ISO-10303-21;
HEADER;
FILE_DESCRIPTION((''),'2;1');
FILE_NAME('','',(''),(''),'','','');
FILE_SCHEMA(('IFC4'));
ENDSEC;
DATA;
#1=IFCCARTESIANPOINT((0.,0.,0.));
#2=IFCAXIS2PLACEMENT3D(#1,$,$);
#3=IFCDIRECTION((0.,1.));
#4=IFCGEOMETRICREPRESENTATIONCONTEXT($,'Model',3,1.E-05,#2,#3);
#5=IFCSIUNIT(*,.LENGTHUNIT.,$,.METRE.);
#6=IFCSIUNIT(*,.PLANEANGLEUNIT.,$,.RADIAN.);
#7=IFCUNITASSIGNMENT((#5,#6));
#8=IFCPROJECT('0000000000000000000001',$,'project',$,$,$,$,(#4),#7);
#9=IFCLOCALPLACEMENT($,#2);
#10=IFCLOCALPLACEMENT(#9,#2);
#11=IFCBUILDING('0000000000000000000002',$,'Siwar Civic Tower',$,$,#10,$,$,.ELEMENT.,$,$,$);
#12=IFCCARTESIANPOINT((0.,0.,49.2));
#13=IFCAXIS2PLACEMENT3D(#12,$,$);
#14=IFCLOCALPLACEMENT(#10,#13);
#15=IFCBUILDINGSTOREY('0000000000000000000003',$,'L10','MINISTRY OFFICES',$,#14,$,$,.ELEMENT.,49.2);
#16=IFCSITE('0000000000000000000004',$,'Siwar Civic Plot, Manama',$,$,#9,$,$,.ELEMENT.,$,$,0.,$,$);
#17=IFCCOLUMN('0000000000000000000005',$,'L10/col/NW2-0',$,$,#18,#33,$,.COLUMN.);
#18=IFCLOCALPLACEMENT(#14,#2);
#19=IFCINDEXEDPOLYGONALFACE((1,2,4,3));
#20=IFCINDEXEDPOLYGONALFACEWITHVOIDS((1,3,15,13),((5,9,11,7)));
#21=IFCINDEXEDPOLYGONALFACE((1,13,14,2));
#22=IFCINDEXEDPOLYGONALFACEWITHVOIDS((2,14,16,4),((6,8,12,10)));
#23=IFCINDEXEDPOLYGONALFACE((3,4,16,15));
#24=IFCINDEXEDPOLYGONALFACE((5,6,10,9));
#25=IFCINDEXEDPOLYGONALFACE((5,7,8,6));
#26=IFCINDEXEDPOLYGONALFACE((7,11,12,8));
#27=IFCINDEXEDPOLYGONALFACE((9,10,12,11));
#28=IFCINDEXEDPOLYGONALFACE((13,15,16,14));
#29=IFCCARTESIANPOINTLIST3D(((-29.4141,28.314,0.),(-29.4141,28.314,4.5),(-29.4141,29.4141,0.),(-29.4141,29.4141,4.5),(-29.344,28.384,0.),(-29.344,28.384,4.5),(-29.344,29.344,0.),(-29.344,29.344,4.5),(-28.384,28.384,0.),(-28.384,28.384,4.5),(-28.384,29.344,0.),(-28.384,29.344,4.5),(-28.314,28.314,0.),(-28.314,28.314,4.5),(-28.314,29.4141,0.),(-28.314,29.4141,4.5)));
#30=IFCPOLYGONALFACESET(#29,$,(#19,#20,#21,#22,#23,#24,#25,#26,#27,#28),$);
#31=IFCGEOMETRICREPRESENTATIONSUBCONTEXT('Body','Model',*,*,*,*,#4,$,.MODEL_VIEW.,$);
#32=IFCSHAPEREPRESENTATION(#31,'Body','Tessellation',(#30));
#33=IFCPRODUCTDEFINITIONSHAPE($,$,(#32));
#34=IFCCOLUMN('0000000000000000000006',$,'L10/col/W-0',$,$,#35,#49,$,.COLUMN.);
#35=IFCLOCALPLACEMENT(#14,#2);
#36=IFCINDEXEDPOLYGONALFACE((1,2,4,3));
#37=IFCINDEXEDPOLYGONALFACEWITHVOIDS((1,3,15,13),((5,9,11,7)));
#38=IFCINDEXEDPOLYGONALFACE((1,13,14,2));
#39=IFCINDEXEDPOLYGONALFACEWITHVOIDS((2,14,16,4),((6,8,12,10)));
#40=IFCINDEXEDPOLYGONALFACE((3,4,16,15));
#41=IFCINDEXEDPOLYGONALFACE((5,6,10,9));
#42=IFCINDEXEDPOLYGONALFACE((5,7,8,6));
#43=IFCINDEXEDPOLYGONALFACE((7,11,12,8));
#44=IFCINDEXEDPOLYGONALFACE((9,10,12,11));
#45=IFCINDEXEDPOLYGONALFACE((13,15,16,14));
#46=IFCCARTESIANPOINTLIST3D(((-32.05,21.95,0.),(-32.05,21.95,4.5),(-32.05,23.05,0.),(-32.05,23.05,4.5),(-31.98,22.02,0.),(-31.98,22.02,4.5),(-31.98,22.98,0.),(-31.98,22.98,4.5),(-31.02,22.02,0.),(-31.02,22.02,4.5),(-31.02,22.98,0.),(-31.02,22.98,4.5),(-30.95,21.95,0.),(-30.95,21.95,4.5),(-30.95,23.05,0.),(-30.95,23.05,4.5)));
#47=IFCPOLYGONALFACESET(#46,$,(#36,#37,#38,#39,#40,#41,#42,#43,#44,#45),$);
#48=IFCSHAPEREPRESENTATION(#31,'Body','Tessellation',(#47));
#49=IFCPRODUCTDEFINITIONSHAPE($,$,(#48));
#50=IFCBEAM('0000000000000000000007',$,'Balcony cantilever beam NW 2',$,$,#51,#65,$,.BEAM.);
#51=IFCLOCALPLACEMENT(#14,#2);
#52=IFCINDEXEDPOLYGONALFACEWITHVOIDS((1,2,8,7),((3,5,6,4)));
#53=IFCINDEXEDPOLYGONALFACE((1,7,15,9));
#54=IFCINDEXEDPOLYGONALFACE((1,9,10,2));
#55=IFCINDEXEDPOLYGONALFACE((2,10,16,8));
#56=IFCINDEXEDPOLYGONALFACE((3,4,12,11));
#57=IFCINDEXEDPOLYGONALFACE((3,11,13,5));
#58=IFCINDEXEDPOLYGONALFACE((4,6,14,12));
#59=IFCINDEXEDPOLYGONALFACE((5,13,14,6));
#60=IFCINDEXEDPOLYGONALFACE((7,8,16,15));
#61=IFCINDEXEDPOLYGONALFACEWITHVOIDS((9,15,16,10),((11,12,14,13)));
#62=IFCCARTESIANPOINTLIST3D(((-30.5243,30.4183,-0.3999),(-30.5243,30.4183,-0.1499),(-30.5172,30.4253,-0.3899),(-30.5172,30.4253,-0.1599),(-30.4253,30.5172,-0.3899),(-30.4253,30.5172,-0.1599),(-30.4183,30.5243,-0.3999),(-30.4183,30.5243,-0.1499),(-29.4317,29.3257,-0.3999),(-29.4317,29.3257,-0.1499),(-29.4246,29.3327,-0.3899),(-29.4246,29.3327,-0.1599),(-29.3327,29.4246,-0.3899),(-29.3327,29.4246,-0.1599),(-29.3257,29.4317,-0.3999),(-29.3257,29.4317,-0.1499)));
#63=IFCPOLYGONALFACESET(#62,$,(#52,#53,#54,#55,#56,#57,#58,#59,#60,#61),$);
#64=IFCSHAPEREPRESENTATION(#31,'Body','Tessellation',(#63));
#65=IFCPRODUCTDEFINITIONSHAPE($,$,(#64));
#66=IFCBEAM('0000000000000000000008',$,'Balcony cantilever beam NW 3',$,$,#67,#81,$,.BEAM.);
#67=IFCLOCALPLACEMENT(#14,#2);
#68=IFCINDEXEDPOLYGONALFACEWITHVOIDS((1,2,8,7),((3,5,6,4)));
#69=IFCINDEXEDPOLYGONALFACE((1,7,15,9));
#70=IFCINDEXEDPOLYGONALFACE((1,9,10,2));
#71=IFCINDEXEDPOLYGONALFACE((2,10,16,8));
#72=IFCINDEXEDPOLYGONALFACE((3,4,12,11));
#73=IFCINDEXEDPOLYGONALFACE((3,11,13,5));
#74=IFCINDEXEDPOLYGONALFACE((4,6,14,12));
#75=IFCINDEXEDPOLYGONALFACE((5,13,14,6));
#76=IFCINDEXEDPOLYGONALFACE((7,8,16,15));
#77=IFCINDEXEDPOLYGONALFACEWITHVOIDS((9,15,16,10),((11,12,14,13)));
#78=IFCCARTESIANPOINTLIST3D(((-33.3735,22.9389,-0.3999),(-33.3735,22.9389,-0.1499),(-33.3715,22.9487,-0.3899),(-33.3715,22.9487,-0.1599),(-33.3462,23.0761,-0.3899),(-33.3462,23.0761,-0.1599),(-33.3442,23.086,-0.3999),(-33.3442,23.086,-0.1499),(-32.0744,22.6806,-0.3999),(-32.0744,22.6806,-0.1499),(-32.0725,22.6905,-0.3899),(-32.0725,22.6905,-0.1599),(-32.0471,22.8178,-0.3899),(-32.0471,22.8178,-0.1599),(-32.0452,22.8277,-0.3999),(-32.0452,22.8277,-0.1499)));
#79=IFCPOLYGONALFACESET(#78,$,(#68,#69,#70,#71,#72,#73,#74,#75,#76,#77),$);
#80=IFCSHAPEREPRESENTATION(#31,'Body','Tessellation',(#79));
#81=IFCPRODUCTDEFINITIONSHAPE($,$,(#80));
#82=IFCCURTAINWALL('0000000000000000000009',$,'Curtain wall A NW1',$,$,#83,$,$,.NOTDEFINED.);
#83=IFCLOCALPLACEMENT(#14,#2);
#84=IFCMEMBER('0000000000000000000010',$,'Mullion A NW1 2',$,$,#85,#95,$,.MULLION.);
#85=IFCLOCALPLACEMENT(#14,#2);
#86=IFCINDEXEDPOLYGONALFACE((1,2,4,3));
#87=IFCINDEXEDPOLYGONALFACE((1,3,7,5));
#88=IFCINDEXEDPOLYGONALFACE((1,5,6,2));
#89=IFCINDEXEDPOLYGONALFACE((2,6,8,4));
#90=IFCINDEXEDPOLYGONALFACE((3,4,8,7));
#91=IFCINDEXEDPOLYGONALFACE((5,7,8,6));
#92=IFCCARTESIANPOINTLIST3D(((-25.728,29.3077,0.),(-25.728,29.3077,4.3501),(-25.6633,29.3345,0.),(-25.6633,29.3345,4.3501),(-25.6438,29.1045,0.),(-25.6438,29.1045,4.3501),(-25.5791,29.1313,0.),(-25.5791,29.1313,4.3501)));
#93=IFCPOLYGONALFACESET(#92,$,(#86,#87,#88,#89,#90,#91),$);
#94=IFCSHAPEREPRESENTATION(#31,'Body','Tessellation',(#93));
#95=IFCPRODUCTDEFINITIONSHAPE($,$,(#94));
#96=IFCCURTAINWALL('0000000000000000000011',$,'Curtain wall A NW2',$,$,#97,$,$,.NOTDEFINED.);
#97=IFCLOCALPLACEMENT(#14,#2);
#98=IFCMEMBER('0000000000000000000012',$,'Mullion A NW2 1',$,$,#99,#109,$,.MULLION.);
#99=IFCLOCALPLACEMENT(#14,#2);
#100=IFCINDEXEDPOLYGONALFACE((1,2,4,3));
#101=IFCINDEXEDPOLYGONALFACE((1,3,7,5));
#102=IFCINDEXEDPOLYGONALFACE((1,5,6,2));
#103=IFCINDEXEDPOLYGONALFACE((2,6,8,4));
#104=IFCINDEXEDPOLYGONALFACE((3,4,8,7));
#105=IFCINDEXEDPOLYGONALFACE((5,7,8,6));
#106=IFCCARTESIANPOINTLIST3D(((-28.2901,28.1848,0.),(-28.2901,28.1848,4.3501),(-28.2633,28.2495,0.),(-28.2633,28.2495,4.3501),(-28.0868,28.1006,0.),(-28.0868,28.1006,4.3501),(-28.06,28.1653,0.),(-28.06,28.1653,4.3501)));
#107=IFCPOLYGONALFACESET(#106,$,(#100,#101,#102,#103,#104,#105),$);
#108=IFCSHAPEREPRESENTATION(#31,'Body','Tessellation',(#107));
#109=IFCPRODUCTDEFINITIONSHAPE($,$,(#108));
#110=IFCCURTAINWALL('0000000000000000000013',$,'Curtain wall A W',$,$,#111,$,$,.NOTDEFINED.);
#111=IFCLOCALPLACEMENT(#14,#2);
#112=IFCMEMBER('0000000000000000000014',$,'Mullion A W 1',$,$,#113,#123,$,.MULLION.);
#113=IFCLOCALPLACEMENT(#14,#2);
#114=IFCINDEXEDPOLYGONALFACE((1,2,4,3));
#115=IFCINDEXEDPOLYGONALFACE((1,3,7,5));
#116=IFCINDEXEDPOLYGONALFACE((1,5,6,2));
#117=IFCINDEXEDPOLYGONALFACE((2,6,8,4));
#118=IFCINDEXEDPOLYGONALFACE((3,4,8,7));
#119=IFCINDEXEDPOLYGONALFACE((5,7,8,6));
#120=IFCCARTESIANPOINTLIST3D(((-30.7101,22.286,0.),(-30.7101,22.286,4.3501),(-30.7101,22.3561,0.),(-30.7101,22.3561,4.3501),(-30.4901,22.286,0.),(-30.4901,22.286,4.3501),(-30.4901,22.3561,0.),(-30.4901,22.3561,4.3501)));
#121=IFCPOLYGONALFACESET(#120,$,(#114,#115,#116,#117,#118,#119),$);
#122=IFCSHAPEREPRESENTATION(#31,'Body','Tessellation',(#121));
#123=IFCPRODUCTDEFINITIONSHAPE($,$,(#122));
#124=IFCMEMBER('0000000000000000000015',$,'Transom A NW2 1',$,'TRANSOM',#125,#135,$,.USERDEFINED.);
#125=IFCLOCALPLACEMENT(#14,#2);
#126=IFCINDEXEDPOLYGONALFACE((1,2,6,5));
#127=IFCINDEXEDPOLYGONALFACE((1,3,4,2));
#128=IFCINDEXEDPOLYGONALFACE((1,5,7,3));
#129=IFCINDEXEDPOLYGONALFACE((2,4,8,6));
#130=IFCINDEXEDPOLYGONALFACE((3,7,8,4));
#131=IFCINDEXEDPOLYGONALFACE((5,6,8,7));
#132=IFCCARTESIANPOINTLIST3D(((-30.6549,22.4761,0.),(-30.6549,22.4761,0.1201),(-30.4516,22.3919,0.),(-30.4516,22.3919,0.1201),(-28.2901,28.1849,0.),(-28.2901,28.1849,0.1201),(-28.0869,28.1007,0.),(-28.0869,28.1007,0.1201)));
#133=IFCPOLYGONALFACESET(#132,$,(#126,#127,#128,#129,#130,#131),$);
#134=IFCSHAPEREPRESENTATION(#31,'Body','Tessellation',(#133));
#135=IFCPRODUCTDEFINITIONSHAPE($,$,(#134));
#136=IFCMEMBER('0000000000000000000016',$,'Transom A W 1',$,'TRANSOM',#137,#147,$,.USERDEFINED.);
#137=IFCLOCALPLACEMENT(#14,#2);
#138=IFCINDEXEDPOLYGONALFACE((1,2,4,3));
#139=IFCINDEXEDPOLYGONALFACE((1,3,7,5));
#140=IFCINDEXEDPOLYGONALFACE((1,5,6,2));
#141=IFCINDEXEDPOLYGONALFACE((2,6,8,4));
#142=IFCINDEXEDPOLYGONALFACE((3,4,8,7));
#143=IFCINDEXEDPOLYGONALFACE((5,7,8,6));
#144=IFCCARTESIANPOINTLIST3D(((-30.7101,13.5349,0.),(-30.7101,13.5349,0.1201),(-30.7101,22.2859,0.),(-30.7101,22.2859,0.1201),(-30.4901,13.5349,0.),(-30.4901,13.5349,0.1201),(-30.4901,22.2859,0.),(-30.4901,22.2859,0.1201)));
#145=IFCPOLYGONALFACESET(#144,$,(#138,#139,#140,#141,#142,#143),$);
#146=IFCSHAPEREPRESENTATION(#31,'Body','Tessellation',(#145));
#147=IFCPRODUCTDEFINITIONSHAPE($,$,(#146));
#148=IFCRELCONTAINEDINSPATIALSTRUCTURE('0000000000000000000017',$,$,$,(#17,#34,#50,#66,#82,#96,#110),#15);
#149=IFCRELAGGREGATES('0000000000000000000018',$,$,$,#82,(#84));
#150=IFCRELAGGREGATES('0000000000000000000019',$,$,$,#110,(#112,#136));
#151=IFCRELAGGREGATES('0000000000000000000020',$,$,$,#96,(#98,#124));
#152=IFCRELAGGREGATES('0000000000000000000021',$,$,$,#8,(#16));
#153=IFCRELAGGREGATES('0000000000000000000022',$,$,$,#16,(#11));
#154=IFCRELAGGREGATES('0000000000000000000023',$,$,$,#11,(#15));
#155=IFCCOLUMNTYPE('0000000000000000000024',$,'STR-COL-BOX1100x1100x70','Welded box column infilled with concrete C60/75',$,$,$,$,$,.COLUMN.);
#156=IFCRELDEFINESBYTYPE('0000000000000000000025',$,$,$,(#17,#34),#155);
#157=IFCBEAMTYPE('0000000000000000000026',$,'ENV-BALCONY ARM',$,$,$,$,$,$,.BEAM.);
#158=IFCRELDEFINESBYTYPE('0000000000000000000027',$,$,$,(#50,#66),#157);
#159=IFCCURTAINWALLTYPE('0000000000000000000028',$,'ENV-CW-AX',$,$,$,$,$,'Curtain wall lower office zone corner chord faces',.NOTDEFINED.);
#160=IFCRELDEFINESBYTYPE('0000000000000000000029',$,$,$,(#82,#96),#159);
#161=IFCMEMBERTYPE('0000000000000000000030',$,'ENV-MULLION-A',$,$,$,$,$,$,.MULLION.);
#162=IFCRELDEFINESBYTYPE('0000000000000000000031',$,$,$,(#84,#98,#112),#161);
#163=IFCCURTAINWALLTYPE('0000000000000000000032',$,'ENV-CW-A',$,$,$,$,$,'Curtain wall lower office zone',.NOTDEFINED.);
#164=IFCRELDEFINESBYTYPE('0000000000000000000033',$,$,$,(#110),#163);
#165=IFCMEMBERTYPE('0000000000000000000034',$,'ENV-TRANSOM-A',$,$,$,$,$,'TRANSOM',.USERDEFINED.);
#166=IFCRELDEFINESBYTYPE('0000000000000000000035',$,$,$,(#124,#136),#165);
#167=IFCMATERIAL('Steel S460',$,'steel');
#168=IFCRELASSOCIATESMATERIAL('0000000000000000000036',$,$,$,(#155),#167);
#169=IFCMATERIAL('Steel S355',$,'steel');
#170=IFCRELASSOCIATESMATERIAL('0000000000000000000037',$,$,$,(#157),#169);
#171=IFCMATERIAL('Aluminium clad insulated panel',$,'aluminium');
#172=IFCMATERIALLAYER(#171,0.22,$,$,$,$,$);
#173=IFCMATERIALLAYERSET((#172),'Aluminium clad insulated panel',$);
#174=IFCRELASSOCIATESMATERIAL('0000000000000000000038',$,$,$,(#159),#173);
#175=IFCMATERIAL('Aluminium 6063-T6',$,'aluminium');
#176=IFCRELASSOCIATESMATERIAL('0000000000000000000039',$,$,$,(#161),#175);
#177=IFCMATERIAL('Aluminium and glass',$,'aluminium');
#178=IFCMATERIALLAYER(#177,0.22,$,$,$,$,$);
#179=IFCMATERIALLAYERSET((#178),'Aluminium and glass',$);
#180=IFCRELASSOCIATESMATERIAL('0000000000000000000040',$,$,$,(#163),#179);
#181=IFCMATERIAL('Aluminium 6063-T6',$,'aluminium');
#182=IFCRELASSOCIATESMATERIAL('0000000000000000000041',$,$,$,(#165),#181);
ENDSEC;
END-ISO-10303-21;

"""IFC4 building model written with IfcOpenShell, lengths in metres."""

from ifc_helpers import new_model, si_unit, direction, frame, origin, origin_2d, place, context, subcontext, project, spatial, rectangle, hollow_rectangle, extrude, material, layer, layer_set, material_profile, profile_set, type_object, element, aggregate, save


model = new_model("IFC4")

# Units and contexts
model_context = context("Model", 3, precision=1e-05, world=origin(), true_north=direction((0.0, 1.0)))
body_context = subcontext(model_context, "Body", "Model", "MODEL_VIEW")
ifc_project = project(units=[si_unit("LENGTHUNIT", "METRE"), si_unit("PLANEANGLEUNIT", "RADIAN")], contexts=[model_context])

# Site, building, storey
site_placement = place(None, origin())
site = spatial("IfcSite", under=ifc_project, at=site_placement, Name="Siwar Civic Plot, Manama", CompositionType="ELEMENT", RefElevation=0.0)
building_placement = place(site_placement, origin())
building = spatial("IfcBuilding", under=site, at=building_placement, Name="Siwar Civic Tower", CompositionType="ELEMENT")
storey_placement = place(building_placement, frame((0.0, 0.0, 49.2)))
storey = spatial("IfcBuildingStorey", under=building, at=storey_placement, Name="L10", Description="MINISTRY OFFICES", CompositionType="ELEMENT", Elevation=49.2)

# Columns
ifc_material_1 = material(Name="Steel S460", Category="steel")
ifc_material_profile_1 = material_profile(ifc_material_1, hollow_rectangle(XDim=1.1001, YDim=1.1001, WallThickness=0.0701, at=origin_2d()), Name="BOX1100x1100x70")
ifc_profile_set_1 = profile_set([ifc_material_profile_1], Name="Steel S460")
column_type = type_object("IfcColumnType", Name="STR-COL-BOX1100x1100x70", Description="Welded box column infilled with concrete C60/75", PredefinedType="COLUMN", material=ifc_profile_set_1)
for number, where, z_axis, x_axis, name in (
    (1, (-28.864, 28.864, 0.0), (0.0, 0.0, 1.0), (1.0, 0.0, 0.0), "L10/col/NW2-0"),
    (2, (-31.5, 22.5, 0.0), (0.0, 0.0, 1.0), (1.0, 0.0, 0.0), "L10/col/W-0"),
):
    element("IfcColumn", number, at=place(storey_placement, frame(where, z_axis=z_axis, x_axis=x_axis)), inside=storey, type_object=column_type, Name=name, PredefinedType="COLUMN", context=body_context, shape_type="SweptSolid", body=[
        extrude(hollow_rectangle(XDim=1.1001, YDim=1.1001, WallThickness=0.0701, at=origin_2d()), origin(), (0.0, 0.0, 1.0), 4.5),
    ])

# Beams
ifc_material_2 = material(Name="Steel S355", Category="steel")
ifc_material_profile_2 = material_profile(ifc_material_2, hollow_rectangle(XDim=0.1499, YDim=0.25, WallThickness=0.01, at=origin_2d()), Name="RHS250x150x10")
ifc_profile_set_2 = profile_set([ifc_material_profile_2], Name="Steel S355")
beam_type_1 = type_object("IfcBeamType", Name="ENV-BALCONY ARM", PredefinedType="BEAM", material=ifc_profile_set_2)
beam_1_placement = place(storey_placement, frame((-29.3787, 29.3787, -0.2749), z_axis=(-0.707107, 0.707107, 0.0), x_axis=(-0.707107, -0.707107, 0.0)))
element("IfcBeam", 3, at=beam_1_placement, inside=storey, type_object=beam_type_1, Name="Balcony cantilever beam NW 2", PredefinedType="BEAM", context=body_context, shape_type="SweptSolid", body=[
    extrude(hollow_rectangle(XDim=0.1499, YDim=0.25, WallThickness=0.01, at=origin_2d()), origin(), (0.0, 0.0, 1.0), 1.5452),
])
beam_2_placement = place(storey_placement, frame((-32.0598, 22.7542, -0.2749), z_axis=(-0.9808, 0.195017, 0.0), x_axis=(-0.195017, -0.9808, 0.0)))
element("IfcBeam", 4, at=beam_2_placement, inside=storey, type_object=beam_type_1, Name="Balcony cantilever beam NW 3", PredefinedType="BEAM", context=body_context, shape_type="SweptSolid", body=[
    extrude(hollow_rectangle(XDim=0.1499, YDim=0.25, WallThickness=0.01, at=origin_2d()), origin(), (0.0, 0.0, 1.0), 1.3245),
])

# Curtain walls, members
ifc_material_3 = material(Name="Aluminium clad insulated panel", Category="aluminium")
ifc_layer_1 = layer(ifc_material_3, 0.22)
ifc_layer_set_1 = layer_set([ifc_layer_1], Name="Aluminium clad insulated panel")
curtain_wall_type_1 = type_object("IfcCurtainWallType", Name="ENV-CW-AX", ElementType="Curtain wall lower office zone corner chord faces", PredefinedType="NOTDEFINED", material=ifc_layer_set_1)
curtain_wall_1_placement = place(storey_placement, origin())
curtain_wall_1 = element("IfcCurtainWall", 5, at=curtain_wall_1_placement, inside=storey, type_object=curtain_wall_type_1, Name="Curtain wall A NW1", PredefinedType="NOTDEFINED")
ifc_material_4 = material(Name="Aluminium 6063-T6", Category="aluminium")
ifc_material_profile_3 = material_profile(ifc_material_4, rectangle(XDim=0.22, YDim=0.0701, at=origin_2d()), Name="AL 220x70")
ifc_profile_set_3 = profile_set([ifc_material_profile_3], Name="Aluminium 6063-T6")
member_type_1 = type_object("IfcMemberType", Name="ENV-MULLION-A", PredefinedType="MULLION", material=ifc_profile_set_3)
member_1_placement = place(storey_placement, frame((-25.6536, 29.2195, 0.0), z_axis=(0.0, 0.0, 1.0), x_axis=(0.382683, -0.92388, 0.0)))
member_1 = element("IfcMember", 6, at=member_1_placement, type_object=member_type_1, Name="Mullion A NW1 2", PredefinedType="MULLION", context=body_context, shape_type="SweptSolid", body=[
    extrude(rectangle(XDim=0.22, YDim=0.0701, at=origin_2d()), origin(), (0.0, 0.0, 1.0), 4.3501),
])
aggregate(curtain_wall_1, [member_1])
curtain_wall_2_placement = place(storey_placement, origin())
curtain_wall_2 = element("IfcCurtainWall", 7, at=curtain_wall_2_placement, inside=storey, type_object=curtain_wall_type_1, Name="Curtain wall A NW2", PredefinedType="NOTDEFINED")
member_2_placement = place(storey_placement, frame((-28.175, 28.175, 0.0), z_axis=(0.0, 0.0, 1.0), x_axis=(0.92388, -0.382683, 0.0)))
member_2 = element("IfcMember", 8, at=member_2_placement, type_object=member_type_1, Name="Mullion A NW2 1", PredefinedType="MULLION", context=body_context, shape_type="SweptSolid", body=[
    extrude(rectangle(XDim=0.22, YDim=0.0701, at=origin_2d()), origin(), (0.0, 0.0, 1.0), 4.3501),
])
ifc_material_5 = material(Name="Aluminium and glass", Category="aluminium")
ifc_layer_2 = layer(ifc_material_5, 0.22)
ifc_layer_set_2 = layer_set([ifc_layer_2], Name="Aluminium and glass")
curtain_wall_type_2 = type_object("IfcCurtainWallType", Name="ENV-CW-A", ElementType="Curtain wall lower office zone", PredefinedType="NOTDEFINED", material=ifc_layer_set_2)
curtain_wall_3_placement = place(storey_placement, origin())
curtain_wall_3 = element("IfcCurtainWall", 9, at=curtain_wall_3_placement, inside=storey, type_object=curtain_wall_type_2, Name="Curtain wall A W", PredefinedType="NOTDEFINED")
member_3_placement = place(storey_placement, frame((-30.6001, 22.321, 0.0), z_axis=(0.0, 0.0, 1.0), x_axis=(1.0, 0.0, 0.0)))
member_3 = element("IfcMember", 10, at=member_3_placement, type_object=member_type_1, Name="Mullion A W 1", PredefinedType="MULLION", context=body_context, shape_type="SweptSolid", body=[
    extrude(rectangle(XDim=0.22, YDim=0.0701, at=origin_2d()), origin(), (0.0, 0.0, 1.0), 4.3501),
])

# Members
ifc_material_6 = material(Name="Aluminium 6063-T6", Category="aluminium")
ifc_material_profile_4 = material_profile(ifc_material_6, rectangle(XDim=0.22, YDim=0.1201, at=origin_2d()), Name="AL 220x120")
ifc_profile_set_4 = profile_set([ifc_material_profile_4], Name="Aluminium 6063-T6")
member_type_2 = type_object("IfcMemberType", Name="ENV-TRANSOM-A", ElementType="TRANSOM", PredefinedType="USERDEFINED", material=ifc_profile_set_4)
member_4_placement = place(storey_placement, frame((-28.1885, 28.1428, 0.0601), z_axis=(-0.382698, -0.923873, 0.0), x_axis=(0.923873, -0.382698, 0.0)))
member_4 = element("IfcMember", 11, at=member_4_placement, type_object=member_type_2, Name="Transom A NW2 1", ObjectType="TRANSOM", PredefinedType="USERDEFINED", context=body_context, shape_type="SweptSolid", body=[
    extrude(rectangle(XDim=0.22, YDim=0.1201, at=origin_2d()), origin(), (0.0, 0.0, 1.0), 6.1792),
])
member_5_placement = place(storey_placement, frame((-30.6001, 22.2859, 0.0601), z_axis=(0.0, -1.0, 0.0), x_axis=(1.0, 0.0, 0.0)))
member_5 = element("IfcMember", 12, at=member_5_placement, type_object=member_type_2, Name="Transom A W 1", ObjectType="TRANSOM", PredefinedType="USERDEFINED", context=body_context, shape_type="SweptSolid", body=[
    extrude(rectangle(XDim=0.22, YDim=0.1201, at=origin_2d()), origin(), (0.0, 0.0, 1.0), 8.751),
])
aggregate(curtain_wall_3, [member_3, member_5])

aggregate(curtain_wall_2, [member_2, member_4])

save(model, "model.ifc")
